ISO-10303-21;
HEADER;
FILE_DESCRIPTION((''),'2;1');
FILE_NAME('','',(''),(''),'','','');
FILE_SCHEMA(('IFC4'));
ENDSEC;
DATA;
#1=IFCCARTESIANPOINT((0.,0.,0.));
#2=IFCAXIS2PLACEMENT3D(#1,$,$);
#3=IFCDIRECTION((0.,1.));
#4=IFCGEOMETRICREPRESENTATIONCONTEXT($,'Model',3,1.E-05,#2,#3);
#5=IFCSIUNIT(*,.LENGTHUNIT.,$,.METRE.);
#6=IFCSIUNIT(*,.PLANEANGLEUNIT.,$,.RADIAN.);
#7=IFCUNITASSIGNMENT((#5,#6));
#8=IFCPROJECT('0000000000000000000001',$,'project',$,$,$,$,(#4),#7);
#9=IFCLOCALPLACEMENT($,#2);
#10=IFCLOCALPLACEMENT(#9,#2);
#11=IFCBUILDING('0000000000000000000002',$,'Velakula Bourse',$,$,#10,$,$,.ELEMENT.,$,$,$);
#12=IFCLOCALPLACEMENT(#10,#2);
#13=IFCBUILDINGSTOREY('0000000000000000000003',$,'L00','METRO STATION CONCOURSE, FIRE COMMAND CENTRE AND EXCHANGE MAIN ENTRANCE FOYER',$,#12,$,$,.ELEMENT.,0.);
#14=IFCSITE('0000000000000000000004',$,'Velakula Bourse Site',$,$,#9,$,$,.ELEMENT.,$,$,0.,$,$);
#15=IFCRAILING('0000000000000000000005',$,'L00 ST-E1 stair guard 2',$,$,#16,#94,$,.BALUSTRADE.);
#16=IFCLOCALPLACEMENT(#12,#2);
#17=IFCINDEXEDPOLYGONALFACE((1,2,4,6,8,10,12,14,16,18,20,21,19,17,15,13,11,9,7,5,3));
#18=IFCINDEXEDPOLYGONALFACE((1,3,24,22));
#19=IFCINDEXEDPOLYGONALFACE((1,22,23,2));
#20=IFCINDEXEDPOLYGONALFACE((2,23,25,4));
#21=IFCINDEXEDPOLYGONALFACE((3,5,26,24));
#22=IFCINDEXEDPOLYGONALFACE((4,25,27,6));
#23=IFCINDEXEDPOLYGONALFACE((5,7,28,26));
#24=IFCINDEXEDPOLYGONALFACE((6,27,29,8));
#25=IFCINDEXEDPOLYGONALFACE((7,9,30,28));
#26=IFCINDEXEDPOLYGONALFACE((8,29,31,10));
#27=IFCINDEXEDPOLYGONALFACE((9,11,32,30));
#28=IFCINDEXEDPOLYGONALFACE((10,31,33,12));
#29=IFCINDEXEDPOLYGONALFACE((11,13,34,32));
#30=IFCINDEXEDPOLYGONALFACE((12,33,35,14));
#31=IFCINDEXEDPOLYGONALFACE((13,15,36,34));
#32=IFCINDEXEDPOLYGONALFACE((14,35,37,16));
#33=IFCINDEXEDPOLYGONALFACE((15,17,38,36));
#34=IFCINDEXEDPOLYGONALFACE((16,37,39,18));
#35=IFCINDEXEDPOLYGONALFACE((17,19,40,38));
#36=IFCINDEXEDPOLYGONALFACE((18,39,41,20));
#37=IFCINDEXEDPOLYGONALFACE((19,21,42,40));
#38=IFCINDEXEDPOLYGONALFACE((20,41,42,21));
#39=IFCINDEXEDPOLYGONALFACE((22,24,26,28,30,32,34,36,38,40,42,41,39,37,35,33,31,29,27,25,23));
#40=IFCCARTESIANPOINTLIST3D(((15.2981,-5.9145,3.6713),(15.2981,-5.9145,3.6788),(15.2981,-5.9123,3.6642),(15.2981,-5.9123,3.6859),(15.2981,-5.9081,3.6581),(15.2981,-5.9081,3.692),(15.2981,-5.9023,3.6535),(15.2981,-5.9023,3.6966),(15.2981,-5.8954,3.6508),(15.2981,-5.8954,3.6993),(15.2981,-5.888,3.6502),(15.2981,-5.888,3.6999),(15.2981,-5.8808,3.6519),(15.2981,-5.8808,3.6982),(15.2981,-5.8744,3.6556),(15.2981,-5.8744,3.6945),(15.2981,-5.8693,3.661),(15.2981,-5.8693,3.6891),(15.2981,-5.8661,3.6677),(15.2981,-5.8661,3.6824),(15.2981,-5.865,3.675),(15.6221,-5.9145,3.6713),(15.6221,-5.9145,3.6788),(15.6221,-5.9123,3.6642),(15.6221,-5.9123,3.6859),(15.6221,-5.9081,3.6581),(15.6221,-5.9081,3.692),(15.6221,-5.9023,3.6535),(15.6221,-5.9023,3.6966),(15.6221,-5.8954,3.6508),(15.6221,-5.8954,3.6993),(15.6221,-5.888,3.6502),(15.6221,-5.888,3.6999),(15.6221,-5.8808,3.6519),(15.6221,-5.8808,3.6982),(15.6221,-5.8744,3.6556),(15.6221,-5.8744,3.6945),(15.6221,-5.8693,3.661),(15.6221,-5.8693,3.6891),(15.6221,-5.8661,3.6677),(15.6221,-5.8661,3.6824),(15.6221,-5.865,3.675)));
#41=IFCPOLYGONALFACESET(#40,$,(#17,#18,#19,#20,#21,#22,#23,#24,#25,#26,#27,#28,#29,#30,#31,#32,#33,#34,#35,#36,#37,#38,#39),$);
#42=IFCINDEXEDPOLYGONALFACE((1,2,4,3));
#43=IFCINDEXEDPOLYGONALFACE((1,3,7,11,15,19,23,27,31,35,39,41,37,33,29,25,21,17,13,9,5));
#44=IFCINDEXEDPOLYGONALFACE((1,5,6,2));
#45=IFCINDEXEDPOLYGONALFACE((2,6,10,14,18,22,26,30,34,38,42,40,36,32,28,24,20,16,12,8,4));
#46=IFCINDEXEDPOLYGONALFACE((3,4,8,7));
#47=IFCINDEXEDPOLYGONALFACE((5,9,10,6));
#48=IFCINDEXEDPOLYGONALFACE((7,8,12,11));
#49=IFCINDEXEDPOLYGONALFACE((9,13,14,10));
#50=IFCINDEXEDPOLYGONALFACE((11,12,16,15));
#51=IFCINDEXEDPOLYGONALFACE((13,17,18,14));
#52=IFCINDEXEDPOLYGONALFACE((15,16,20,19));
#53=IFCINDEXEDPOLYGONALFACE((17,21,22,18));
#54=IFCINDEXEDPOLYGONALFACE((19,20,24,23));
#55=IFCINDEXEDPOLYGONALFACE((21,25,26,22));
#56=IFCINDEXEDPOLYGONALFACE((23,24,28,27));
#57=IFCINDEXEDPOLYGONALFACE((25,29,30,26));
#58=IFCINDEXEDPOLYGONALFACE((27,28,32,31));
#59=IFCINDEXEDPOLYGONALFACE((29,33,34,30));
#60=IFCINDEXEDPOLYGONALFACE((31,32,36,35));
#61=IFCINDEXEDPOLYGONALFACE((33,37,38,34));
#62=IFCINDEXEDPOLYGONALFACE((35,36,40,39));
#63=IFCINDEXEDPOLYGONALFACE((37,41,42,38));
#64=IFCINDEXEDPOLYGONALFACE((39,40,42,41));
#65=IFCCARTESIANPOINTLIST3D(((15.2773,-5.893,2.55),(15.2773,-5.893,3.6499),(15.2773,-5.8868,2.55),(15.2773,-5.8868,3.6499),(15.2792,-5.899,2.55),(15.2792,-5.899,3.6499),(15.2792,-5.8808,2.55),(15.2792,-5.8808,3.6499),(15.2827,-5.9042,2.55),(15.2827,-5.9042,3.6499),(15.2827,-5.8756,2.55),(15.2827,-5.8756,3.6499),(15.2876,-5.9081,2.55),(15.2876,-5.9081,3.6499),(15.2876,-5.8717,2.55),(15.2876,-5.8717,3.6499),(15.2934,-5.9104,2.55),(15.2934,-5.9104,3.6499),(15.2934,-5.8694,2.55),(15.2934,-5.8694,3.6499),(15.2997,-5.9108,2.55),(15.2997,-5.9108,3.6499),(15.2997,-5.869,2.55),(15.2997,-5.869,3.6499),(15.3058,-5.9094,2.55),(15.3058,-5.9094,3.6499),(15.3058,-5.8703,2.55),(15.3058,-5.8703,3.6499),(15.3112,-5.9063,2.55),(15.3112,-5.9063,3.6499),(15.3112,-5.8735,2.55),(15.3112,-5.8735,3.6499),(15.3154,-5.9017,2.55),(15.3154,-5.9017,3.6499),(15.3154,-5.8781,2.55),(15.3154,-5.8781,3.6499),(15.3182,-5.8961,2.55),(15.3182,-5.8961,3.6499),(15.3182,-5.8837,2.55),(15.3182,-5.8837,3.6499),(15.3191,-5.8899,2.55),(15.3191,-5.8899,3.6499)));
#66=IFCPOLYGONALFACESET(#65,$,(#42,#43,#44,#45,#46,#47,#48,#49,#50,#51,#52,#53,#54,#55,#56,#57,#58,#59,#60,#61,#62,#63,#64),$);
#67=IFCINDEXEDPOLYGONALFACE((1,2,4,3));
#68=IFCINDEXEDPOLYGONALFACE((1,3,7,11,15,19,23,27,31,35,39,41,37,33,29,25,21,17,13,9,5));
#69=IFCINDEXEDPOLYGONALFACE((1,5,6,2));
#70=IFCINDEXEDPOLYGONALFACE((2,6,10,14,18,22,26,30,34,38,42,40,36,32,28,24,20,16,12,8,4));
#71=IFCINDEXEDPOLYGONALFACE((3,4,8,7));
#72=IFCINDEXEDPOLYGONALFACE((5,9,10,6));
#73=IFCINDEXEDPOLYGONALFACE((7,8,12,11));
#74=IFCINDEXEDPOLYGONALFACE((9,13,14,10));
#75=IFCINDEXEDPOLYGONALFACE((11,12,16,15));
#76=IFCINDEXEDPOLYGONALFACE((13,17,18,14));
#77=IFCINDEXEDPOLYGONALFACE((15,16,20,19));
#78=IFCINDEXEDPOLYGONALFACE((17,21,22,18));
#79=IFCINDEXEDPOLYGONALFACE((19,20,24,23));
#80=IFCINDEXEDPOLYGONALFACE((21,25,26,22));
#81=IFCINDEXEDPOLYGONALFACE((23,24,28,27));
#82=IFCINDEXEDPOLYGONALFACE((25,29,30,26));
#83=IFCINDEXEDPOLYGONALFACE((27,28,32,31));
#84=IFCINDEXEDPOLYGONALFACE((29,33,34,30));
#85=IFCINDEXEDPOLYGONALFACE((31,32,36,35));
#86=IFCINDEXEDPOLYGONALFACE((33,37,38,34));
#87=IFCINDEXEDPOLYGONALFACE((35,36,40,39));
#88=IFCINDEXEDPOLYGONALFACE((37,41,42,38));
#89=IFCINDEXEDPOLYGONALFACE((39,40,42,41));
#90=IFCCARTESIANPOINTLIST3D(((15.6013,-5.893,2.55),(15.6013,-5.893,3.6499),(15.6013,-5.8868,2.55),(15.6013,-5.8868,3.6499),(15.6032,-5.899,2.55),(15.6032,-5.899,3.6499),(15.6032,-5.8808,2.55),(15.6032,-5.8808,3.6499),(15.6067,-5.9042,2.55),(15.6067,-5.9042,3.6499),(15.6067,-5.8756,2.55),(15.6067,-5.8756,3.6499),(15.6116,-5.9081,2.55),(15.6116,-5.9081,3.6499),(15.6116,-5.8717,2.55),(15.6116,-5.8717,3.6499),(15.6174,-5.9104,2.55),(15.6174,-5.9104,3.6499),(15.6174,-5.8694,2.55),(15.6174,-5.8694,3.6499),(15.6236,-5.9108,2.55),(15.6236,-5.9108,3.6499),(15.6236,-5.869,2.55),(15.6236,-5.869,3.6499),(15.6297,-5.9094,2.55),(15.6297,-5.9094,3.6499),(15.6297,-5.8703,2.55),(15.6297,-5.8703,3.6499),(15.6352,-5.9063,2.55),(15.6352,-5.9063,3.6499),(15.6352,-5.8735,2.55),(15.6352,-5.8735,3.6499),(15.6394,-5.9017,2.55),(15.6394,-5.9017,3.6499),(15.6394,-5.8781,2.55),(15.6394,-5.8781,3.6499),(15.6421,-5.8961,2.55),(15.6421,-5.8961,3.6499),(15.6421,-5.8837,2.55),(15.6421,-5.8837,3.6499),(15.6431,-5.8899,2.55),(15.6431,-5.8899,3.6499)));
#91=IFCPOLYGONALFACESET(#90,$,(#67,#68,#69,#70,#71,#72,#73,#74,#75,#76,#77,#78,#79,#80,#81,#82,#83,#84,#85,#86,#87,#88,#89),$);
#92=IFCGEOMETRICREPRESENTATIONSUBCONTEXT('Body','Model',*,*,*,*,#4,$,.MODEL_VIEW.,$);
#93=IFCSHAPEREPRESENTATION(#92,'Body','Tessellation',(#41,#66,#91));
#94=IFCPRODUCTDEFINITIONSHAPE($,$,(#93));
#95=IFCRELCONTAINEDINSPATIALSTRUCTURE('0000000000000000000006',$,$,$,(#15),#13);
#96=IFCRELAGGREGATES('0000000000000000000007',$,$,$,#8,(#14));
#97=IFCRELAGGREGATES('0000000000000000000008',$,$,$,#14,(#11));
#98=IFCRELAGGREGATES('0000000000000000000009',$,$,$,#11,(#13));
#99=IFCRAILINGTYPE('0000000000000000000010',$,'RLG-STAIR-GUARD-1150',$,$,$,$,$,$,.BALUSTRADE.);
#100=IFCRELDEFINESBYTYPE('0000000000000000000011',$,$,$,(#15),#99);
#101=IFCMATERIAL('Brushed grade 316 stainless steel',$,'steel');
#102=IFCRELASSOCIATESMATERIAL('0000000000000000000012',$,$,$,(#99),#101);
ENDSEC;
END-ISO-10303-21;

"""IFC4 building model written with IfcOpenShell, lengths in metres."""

from ifc_helpers import new_model, si_unit, direction, frame, origin, origin_2d, place, context, subcontext, project, spatial, circle, extrude, material, type_object, element, save


model = new_model("IFC4")

# Units and contexts
model_context = context("Model", 3, precision=1e-05, world=origin(), true_north=direction((0.0, 1.0)))
body_context = subcontext(model_context, "Body", "Model", "MODEL_VIEW")
ifc_project = project(units=[si_unit("LENGTHUNIT", "METRE"), si_unit("PLANEANGLEUNIT", "RADIAN")], contexts=[model_context])

# Site, building, storey
site_placement = place(None, origin())
site = spatial("IfcSite", under=ifc_project, at=site_placement, Name="Velakula Bourse Site", CompositionType="ELEMENT", RefElevation=0.0)
building_placement = place(site_placement, origin())
building = spatial("IfcBuilding", under=site, at=building_placement, Name="Velakula Bourse", CompositionType="ELEMENT")
storey_placement = place(building_placement, origin())
storey = spatial("IfcBuildingStorey", under=building, at=storey_placement, Name="L00", Description="METRO STATION CONCOURSE, FIRE COMMAND CENTRE AND EXCHANGE MAIN ENTRANCE FOYER", CompositionType="ELEMENT", Elevation=0.0)

# Shared definitions
ifc_material_1 = material(Name="Brushed grade 316 stainless steel", Category="steel")

# Railing
railing_type_1 = type_object("IfcRailingType", Name="RLG-STAIR-GUARD-1150", PredefinedType="BALUSTRADE", material=ifc_material_1)
railing_1_placement = place(storey_placement, frame((15.2981, -5.8899, 2.55)))
element("IfcRailing", 1, at=railing_1_placement, inside=storey, type_object=railing_type_1, Name="L00 ST-E1 stair guard 2", PredefinedType="BALUSTRADE", context=body_context, shape_type="SweptSolid", body=[
    extrude(circle(Radius=0.0249, at=origin_2d()), frame((0.0, 0.0, 1.125), z_axis=(1.0, 0.0, 0.0), x_axis=(0.0, 1.0, 0.0)), (0.0, 0.0, 1.0), 0.324),
    extrude(circle(Radius=0.021, at=origin_2d()), origin(), (0.0, 0.0, 1.0), 1.0999),
    extrude(circle(Radius=0.021, at=origin_2d()), frame((0.324, 0.0, 0.0)), (0.0, 0.0, 1.0), 1.0999),
])

save(model, "model.ifc")
